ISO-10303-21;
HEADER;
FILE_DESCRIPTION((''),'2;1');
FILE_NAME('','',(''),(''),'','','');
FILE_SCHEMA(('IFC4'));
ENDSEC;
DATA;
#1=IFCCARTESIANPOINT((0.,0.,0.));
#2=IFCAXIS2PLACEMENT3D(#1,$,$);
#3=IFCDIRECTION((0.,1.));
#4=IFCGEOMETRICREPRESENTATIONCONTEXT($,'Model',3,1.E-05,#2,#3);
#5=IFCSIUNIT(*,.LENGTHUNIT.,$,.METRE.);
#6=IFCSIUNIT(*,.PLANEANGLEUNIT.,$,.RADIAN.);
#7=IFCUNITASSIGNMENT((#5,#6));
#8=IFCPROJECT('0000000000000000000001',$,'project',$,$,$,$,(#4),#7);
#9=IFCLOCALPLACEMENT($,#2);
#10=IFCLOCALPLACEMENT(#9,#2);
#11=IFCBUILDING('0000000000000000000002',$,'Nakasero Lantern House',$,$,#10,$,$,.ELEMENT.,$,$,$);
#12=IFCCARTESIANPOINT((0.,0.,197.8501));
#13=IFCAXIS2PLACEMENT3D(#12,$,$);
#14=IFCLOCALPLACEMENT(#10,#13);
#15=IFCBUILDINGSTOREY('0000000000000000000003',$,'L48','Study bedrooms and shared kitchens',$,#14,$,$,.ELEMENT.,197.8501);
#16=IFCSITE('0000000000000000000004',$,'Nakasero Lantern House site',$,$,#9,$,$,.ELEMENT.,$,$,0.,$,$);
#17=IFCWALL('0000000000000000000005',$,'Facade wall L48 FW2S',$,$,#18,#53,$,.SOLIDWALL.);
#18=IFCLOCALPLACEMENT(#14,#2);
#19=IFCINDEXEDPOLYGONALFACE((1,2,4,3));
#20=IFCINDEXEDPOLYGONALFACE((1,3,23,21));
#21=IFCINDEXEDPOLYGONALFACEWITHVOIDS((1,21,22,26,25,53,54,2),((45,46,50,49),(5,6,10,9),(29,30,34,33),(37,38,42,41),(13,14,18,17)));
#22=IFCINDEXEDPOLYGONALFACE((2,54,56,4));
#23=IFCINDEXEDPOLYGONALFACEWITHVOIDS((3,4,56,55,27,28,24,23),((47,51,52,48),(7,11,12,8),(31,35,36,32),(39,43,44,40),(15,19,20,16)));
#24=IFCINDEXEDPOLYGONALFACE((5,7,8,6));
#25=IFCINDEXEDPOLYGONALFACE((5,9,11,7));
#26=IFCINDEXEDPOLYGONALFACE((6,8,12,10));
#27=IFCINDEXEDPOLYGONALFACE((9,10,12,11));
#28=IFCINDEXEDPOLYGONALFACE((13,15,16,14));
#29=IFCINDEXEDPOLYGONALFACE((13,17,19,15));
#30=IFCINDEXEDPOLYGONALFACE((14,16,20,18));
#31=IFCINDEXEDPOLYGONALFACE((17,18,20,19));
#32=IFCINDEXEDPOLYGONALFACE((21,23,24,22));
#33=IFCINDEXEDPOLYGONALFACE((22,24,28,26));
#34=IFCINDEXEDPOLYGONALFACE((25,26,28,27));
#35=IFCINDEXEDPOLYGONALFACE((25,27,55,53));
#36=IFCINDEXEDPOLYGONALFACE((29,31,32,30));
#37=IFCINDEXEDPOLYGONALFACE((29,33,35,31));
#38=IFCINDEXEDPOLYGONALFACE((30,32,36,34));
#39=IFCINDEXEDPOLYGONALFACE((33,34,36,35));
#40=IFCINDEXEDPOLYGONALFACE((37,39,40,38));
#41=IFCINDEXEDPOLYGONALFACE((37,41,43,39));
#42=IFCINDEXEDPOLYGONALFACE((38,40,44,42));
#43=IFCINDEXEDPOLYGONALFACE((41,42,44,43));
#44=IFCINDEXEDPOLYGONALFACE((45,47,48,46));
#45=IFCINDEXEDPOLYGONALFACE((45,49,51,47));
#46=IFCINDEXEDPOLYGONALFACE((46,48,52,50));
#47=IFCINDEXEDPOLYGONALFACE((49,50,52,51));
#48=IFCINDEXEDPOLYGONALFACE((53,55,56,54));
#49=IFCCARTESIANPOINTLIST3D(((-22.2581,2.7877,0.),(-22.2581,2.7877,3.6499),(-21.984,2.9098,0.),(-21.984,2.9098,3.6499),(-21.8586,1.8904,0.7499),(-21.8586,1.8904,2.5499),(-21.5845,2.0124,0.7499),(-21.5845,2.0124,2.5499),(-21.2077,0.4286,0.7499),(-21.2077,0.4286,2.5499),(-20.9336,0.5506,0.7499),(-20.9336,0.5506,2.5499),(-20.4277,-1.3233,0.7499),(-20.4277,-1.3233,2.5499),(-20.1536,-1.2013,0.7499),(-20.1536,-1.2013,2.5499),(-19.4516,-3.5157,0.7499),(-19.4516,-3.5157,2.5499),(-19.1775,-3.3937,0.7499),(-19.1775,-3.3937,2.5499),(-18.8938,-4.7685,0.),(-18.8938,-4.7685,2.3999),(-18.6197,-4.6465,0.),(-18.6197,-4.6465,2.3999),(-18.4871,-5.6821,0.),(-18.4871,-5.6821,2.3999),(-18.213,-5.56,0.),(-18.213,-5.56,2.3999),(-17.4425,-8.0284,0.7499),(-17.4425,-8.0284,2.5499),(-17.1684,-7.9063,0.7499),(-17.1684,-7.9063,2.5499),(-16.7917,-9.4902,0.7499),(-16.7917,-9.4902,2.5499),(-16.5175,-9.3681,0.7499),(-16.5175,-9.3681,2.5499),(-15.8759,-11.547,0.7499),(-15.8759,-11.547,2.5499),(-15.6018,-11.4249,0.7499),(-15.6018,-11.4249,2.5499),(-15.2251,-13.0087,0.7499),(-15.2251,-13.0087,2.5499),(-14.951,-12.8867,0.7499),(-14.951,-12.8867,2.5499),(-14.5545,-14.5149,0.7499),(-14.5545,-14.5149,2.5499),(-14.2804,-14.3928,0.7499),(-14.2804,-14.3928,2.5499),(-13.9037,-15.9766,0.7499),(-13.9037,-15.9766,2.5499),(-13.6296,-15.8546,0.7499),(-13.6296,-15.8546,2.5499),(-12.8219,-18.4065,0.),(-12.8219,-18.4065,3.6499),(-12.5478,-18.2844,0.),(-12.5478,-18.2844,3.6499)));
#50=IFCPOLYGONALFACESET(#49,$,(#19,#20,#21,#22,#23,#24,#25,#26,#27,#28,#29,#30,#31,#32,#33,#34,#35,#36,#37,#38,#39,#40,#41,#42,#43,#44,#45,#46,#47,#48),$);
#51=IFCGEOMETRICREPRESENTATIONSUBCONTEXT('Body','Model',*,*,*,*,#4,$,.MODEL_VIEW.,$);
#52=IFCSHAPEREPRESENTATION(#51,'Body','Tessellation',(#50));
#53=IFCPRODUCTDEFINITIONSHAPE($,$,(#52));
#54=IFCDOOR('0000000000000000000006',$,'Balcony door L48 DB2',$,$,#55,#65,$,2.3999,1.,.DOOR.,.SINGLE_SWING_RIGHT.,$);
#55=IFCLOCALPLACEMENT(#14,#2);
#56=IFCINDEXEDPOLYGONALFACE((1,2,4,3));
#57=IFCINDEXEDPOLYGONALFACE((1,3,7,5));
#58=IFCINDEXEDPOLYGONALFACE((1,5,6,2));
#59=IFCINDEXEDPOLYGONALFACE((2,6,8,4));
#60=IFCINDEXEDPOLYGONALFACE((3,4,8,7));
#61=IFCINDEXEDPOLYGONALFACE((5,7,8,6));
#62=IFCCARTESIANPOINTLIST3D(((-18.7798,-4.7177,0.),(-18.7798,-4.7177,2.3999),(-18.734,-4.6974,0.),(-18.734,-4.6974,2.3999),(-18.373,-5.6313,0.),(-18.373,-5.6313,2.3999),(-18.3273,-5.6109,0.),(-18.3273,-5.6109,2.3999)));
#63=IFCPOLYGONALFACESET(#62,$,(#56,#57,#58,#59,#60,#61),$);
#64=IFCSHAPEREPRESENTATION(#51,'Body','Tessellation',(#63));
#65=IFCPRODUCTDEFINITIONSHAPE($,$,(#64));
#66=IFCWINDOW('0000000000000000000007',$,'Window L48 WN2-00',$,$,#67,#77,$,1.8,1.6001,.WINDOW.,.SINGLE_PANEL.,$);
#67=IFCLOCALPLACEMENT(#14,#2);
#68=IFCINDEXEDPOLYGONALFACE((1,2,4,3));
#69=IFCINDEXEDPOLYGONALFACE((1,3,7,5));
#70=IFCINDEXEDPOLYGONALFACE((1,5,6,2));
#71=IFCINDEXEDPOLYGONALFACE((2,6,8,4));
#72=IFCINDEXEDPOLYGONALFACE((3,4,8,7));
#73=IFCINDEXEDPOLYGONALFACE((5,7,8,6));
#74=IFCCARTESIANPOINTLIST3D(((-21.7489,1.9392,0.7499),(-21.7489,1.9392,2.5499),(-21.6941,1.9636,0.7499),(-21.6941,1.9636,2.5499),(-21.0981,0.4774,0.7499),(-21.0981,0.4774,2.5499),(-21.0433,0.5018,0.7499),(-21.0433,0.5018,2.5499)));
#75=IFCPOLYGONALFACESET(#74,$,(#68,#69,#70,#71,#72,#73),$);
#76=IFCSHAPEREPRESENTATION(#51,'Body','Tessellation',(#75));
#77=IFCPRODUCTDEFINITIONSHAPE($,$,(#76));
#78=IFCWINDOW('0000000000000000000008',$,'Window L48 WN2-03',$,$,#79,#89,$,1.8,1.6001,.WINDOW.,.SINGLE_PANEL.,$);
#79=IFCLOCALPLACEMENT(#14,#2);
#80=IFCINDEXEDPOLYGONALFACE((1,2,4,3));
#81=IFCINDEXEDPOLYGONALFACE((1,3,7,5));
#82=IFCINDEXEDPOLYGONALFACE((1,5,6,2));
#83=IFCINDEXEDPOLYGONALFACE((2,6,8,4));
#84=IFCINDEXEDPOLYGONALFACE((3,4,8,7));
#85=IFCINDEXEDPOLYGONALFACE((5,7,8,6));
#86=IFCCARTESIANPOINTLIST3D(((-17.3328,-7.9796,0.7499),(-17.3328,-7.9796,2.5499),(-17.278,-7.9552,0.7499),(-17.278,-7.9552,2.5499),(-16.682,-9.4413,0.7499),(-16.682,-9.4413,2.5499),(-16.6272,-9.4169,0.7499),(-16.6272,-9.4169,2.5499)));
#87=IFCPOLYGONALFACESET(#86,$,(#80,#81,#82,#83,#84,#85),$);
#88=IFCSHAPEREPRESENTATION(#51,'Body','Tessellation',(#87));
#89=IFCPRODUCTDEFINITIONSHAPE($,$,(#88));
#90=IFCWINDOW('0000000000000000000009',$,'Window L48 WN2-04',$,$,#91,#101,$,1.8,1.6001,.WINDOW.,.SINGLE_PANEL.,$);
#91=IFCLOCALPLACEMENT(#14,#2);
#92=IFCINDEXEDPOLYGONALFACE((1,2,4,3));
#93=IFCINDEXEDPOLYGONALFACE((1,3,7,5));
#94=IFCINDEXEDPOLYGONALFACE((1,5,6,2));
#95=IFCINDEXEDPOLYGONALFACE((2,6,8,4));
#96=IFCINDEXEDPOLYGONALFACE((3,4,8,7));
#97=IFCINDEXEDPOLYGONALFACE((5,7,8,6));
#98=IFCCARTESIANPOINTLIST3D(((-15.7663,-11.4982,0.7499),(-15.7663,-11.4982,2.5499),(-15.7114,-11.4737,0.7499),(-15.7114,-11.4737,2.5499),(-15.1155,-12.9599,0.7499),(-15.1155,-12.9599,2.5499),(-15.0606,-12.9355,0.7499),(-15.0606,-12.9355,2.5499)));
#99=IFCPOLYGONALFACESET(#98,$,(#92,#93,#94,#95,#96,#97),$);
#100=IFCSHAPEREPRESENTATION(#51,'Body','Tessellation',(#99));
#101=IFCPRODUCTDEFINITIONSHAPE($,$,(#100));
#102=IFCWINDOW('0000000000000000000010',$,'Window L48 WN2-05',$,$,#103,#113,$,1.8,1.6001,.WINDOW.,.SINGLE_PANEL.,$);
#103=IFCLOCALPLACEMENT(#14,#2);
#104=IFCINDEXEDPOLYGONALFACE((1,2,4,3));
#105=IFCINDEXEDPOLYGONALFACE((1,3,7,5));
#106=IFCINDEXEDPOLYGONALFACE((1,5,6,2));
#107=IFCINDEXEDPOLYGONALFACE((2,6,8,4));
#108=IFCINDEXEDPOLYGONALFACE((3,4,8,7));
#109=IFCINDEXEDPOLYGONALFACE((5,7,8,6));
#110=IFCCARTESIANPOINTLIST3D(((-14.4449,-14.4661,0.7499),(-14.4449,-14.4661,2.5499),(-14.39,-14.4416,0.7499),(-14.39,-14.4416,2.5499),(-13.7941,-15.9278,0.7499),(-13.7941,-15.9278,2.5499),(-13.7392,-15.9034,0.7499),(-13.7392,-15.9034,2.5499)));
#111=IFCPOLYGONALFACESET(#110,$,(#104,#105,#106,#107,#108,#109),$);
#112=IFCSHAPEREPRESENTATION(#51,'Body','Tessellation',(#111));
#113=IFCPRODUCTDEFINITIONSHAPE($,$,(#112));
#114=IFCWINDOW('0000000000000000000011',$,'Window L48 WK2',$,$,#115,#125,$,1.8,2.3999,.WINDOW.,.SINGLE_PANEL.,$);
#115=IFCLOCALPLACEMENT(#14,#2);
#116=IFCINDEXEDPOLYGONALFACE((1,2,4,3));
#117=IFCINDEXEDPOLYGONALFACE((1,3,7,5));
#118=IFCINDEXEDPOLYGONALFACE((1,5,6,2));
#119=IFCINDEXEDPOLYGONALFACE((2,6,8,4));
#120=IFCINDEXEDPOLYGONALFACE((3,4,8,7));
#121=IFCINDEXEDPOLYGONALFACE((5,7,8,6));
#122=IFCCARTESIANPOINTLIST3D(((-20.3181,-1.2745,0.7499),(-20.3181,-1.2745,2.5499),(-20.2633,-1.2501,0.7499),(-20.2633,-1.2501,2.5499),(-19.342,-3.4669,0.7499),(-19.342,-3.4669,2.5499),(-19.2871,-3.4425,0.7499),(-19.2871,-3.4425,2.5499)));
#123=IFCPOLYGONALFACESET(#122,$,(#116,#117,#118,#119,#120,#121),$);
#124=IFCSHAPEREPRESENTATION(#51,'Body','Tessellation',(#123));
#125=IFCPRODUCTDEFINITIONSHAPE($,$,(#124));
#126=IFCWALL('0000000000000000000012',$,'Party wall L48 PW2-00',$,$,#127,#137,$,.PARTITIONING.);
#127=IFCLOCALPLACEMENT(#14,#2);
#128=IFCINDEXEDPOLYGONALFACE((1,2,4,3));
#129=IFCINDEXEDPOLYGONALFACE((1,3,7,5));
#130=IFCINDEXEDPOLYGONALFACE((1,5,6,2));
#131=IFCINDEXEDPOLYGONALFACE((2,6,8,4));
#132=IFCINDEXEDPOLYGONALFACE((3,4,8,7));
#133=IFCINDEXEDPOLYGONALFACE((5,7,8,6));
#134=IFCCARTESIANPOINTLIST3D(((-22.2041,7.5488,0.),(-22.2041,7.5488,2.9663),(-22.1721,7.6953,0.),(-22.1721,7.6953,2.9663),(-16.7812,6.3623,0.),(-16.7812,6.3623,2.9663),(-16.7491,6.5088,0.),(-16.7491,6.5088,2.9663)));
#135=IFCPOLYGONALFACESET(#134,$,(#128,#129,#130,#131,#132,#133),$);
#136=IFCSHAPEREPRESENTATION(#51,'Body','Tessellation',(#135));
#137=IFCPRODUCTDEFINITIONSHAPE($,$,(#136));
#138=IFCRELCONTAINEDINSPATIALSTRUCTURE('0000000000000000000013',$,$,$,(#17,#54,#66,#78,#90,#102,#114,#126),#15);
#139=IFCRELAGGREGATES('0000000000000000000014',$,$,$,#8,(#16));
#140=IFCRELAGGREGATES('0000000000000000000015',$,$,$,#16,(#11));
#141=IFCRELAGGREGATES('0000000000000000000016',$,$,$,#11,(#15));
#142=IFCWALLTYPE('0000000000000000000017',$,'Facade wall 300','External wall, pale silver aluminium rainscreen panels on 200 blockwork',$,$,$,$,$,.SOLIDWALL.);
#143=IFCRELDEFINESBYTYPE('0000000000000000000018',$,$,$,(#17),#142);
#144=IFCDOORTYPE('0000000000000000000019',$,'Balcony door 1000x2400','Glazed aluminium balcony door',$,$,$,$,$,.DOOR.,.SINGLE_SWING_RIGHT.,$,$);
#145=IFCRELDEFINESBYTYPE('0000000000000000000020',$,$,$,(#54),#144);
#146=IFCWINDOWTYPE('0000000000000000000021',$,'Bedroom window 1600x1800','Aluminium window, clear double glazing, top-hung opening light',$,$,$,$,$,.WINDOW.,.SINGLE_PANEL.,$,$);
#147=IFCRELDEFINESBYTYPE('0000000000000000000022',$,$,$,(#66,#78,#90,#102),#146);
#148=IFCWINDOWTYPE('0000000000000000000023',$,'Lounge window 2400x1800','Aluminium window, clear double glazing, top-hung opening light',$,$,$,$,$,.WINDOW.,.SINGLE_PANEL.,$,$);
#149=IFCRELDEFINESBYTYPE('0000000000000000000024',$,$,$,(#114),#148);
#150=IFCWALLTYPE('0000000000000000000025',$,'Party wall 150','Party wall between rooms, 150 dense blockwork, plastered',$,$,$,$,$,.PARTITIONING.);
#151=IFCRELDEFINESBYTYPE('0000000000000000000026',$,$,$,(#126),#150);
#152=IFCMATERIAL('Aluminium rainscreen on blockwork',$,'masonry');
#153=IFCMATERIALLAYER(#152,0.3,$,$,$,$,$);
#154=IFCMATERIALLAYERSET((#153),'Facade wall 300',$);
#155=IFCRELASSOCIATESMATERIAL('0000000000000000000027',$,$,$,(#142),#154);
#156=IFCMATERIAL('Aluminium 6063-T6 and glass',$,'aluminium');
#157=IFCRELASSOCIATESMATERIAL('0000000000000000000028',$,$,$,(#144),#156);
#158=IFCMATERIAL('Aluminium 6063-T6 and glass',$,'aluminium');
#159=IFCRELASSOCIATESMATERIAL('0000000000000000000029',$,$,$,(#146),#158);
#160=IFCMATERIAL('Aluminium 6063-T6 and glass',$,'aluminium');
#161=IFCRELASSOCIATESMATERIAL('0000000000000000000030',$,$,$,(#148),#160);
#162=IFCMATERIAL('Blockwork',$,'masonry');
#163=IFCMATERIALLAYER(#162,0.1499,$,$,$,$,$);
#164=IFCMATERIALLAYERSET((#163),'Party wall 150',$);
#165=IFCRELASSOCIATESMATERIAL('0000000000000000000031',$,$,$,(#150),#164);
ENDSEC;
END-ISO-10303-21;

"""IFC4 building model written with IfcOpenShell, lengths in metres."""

from ifc_helpers import new_model, si_unit, direction, frame, frame_2d, origin, place, context, subcontext, project, spatial, rectangle, extrude, material, layer, layer_set, type_object, element, fill, save


model = new_model("IFC4")

# Units and contexts
model_context = context("Model", 3, precision=1e-05, world=origin(), true_north=direction((0.0, 1.0)))
body_context = subcontext(model_context, "Body", "Model", "MODEL_VIEW")
ifc_project = project(units=[si_unit("LENGTHUNIT", "METRE"), si_unit("PLANEANGLEUNIT", "RADIAN")], contexts=[model_context])

# Site, building, storey
site_placement = place(None, origin())
site = spatial("IfcSite", under=ifc_project, at=site_placement, Name="Nakasero Lantern House site", CompositionType="ELEMENT", RefElevation=0.0)
building_placement = place(site_placement, origin())
building = spatial("IfcBuilding", under=site, at=building_placement, Name="Nakasero Lantern House", CompositionType="ELEMENT")
storey_placement = place(building_placement, frame((0.0, 0.0, 197.8501)))
storey = spatial("IfcBuildingStorey", under=building, at=storey_placement, Name="L48", Description="Study bedrooms and shared kitchens", CompositionType="ELEMENT", Elevation=197.8501)

# Shared definitions
ifc_material_1 = material(Name="Aluminium rainscreen on blockwork", Category="masonry")
ifc_layer_1 = layer(ifc_material_1, 0.3)
ifc_layer_set_1 = layer_set([ifc_layer_1], Name="Facade wall 300")
wall_type_1 = type_object("IfcWallType", Name="Facade wall 300", Description="External wall, pale silver aluminium rainscreen panels on 200 blockwork", PredefinedType="SOLIDWALL", material=ifc_layer_set_1)

# Wall, openings, door, windows
wall_1_placement = place(storey_placement, frame((-22.1211, 2.8489, 0.0), z_axis=(0.0, 0.0, 1.0), x_axis=(0.406735, -0.913546, 0.0)))
wall_1 = element("IfcWall", 1, at=wall_1_placement, inside=storey, type_object=wall_type_1, Name="Facade wall L48 FW2S", PredefinedType="SOLIDWALL", context=body_context, shape_type="SweptSolid", body=[
    extrude(rectangle(XDim=23.2, YDim=0.3, at=frame_2d((11.6001, 0.0))), origin(), (0.0, 0.0, 1.0), 3.6499),
])
opening_1_placement = place(wall_1_placement, frame((0.9824, 0.0, 0.75)))
opening_1 = element("IfcOpeningElement", 2, at=opening_1_placement, cuts=wall_1, PredefinedType="OPENING", context=body_context, shape_type="SweptSolid", body=[
    extrude(rectangle(XDim=1.6001, YDim=1.8, at=frame_2d((0.8, 0.8999))), frame((0.0, 0.1699, 0.0), z_axis=(0.0, -1.0, 0.0), x_axis=(1.0, 0.0, 0.0)), (0.0, 0.0, 1.0), 0.3401),
])
opening_2_placement = place(wall_1_placement, frame((11.8398, 0.0, 0.75)))
opening_2 = element("IfcOpeningElement", 3, at=opening_2_placement, cuts=wall_1, PredefinedType="OPENING", context=body_context, shape_type="SweptSolid", body=[
    extrude(rectangle(XDim=1.6001, YDim=1.8, at=frame_2d((0.8, 0.8999))), frame((0.0, 0.1699, 0.0), z_axis=(0.0, -1.0, 0.0), x_axis=(1.0, 0.0, 0.0)), (0.0, 0.0, 1.0), 0.3401),
])
opening_3_placement = place(wall_1_placement, frame((15.6914, 0.0, 0.75)))
opening_3 = element("IfcOpeningElement", 4, at=opening_3_placement, cuts=wall_1, PredefinedType="OPENING", context=body_context, shape_type="SweptSolid", body=[
    extrude(rectangle(XDim=1.6001, YDim=1.8, at=frame_2d((0.8, 0.8999))), frame((0.0, 0.1699, 0.0), z_axis=(0.0, -1.0, 0.0), x_axis=(1.0, 0.0, 0.0)), (0.0, 0.0, 1.0), 0.3401),
])
opening_4_placement = place(wall_1_placement, frame((18.9402, 0.0, 0.75)))
opening_4 = element("IfcOpeningElement", 5, at=opening_4_placement, cuts=wall_1, PredefinedType="OPENING", context=body_context, shape_type="SweptSolid", body=[
    extrude(rectangle(XDim=1.6001, YDim=1.8, at=frame_2d((0.8, 0.8999))), frame((0.0, 0.1699, 0.0), z_axis=(0.0, -1.0, 0.0), x_axis=(1.0, 0.0, 0.0)), (0.0, 0.0, 1.0), 0.3401),
])
opening_5_placement = place(wall_1_placement, frame((4.5002, 0.0, 0.75)))
opening_5 = element("IfcOpeningElement", 6, at=opening_5_placement, cuts=wall_1, PredefinedType="OPENING", context=body_context, shape_type="SweptSolid", body=[
    extrude(rectangle(XDim=2.3999, YDim=1.8, at=frame_2d((1.2, 0.8999))), frame((0.0, 0.1699, 0.0), z_axis=(0.0, -1.0, 0.0), x_axis=(1.0, 0.0, 0.0)), (0.0, 0.0, 1.0), 0.3401),
])
opening_6_placement = place(wall_1_placement, frame((8.2715, 0.0, 0.0)))
opening_6 = element("IfcOpeningElement", 7, at=opening_6_placement, cuts=wall_1, PredefinedType="OPENING", context=body_context, shape_type="SweptSolid", body=[
    extrude(rectangle(XDim=1.0, YDim=2.3999, at=frame_2d((0.5, 1.2))), frame((0.0, 0.1699, 0.0), z_axis=(0.0, -1.0, 0.0), x_axis=(1.0, 0.0, 0.0)), (0.0, 0.0, 1.0), 0.3401),
])
ifc_material_2 = material(Name="Aluminium 6063-T6 and glass", Category="aluminium")
door_type = type_object("IfcDoorType", Name="Balcony door 1000x2400", Description="Glazed aluminium balcony door", OperationType="SINGLE_SWING_RIGHT", PredefinedType="DOOR", material=ifc_material_2)
door_placement = place(opening_6_placement, origin())
door = element("IfcDoor", 8, at=door_placement, inside=storey, type_object=door_type, Name="Balcony door L48 DB2", OperationType="SINGLE_SWING_RIGHT", OverallHeight=2.3999, OverallWidth=1.0, PredefinedType="DOOR", context=body_context, shape_type="SweptSolid", body=[
    extrude(rectangle(XDim=1.0, YDim=2.3999, at=frame_2d((0.5, 1.2))), frame((0.0, 0.0249, 0.0), z_axis=(0.0, -1.0, 0.0), x_axis=(1.0, 0.0, 0.0)), (0.0, 0.0, 1.0), 0.05),
])
fill(opening_6, door)
ifc_material_3 = material(Name="Aluminium 6063-T6 and glass", Category="aluminium")
window_type_1 = type_object("IfcWindowType", Name="Bedroom window 1600x1800", Description="Aluminium window, clear double glazing, top-hung opening light", PartitioningType="SINGLE_PANEL", PredefinedType="WINDOW", material=ifc_material_3)
window_1_placement = place(opening_1_placement, origin())
window_1 = element("IfcWindow", 9, at=window_1_placement, inside=storey, type_object=window_type_1, Name="Window L48 WN2-00", OverallHeight=1.8, OverallWidth=1.6001, PartitioningType="SINGLE_PANEL", PredefinedType="WINDOW", context=body_context, shape_type="SweptSolid", body=[
    extrude(rectangle(XDim=1.6001, YDim=1.8, at=frame_2d((0.8, 0.8999))), frame((0.0, 0.03, 0.0), z_axis=(0.0, -1.0, 0.0), x_axis=(1.0, 0.0, 0.0)), (0.0, 0.0, 1.0), 0.0601),
])
fill(opening_1, window_1)
window_2_placement = place(opening_2_placement, origin())
window_2 = element("IfcWindow", 10, at=window_2_placement, inside=storey, type_object=window_type_1, Name="Window L48 WN2-03", OverallHeight=1.8, OverallWidth=1.6001, PartitioningType="SINGLE_PANEL", PredefinedType="WINDOW", context=body_context, shape_type="SweptSolid", body=[
    extrude(rectangle(XDim=1.6001, YDim=1.8, at=frame_2d((0.8, 0.8999))), frame((0.0, 0.03, 0.0), z_axis=(0.0, -1.0, 0.0), x_axis=(1.0, 0.0, 0.0)), (0.0, 0.0, 1.0), 0.0601),
])
fill(opening_2, window_2)
window_3_placement = place(opening_3_placement, origin())
window_3 = element("IfcWindow", 11, at=window_3_placement, inside=storey, type_object=window_type_1, Name="Window L48 WN2-04", OverallHeight=1.8, OverallWidth=1.6001, PartitioningType="SINGLE_PANEL", PredefinedType="WINDOW", context=body_context, shape_type="SweptSolid", body=[
    extrude(rectangle(XDim=1.6001, YDim=1.8, at=frame_2d((0.8, 0.8999))), frame((0.0, 0.03, 0.0), z_axis=(0.0, -1.0, 0.0), x_axis=(1.0, 0.0, 0.0)), (0.0, 0.0, 1.0), 0.0601),
])
fill(opening_3, window_3)
window_4_placement = place(opening_4_placement, origin())
window_4 = element("IfcWindow", 12, at=window_4_placement, inside=storey, type_object=window_type_1, Name="Window L48 WN2-05", OverallHeight=1.8, OverallWidth=1.6001, PartitioningType="SINGLE_PANEL", PredefinedType="WINDOW", context=body_context, shape_type="SweptSolid", body=[
    extrude(rectangle(XDim=1.6001, YDim=1.8, at=frame_2d((0.8, 0.8999))), frame((0.0, 0.03, 0.0), z_axis=(0.0, -1.0, 0.0), x_axis=(1.0, 0.0, 0.0)), (0.0, 0.0, 1.0), 0.0601),
])
fill(opening_4, window_4)
ifc_material_4 = material(Name="Aluminium 6063-T6 and glass", Category="aluminium")
window_type_2 = type_object("IfcWindowType", Name="Lounge window 2400x1800", Description="Aluminium window, clear double glazing, top-hung opening light", PartitioningType="SINGLE_PANEL", PredefinedType="WINDOW", material=ifc_material_4)
window_5_placement = place(opening_5_placement, origin())
window_5 = element("IfcWindow", 13, at=window_5_placement, inside=storey, type_object=window_type_2, Name="Window L48 WK2", OverallHeight=1.8, OverallWidth=2.3999, PartitioningType="SINGLE_PANEL", PredefinedType="WINDOW", context=body_context, shape_type="SweptSolid", body=[
    extrude(rectangle(XDim=2.3999, YDim=1.8, at=frame_2d((1.2, 0.8999))), frame((0.0, 0.03, 0.0), z_axis=(0.0, -1.0, 0.0), x_axis=(1.0, 0.0, 0.0)), (0.0, 0.0, 1.0), 0.0601),
])
fill(opening_5, window_5)

# Wall
ifc_material_5 = material(Name="Blockwork", Category="masonry")
ifc_layer_2 = layer(ifc_material_5, 0.1499)
ifc_layer_set_2 = layer_set([ifc_layer_2], Name="Party wall 150")
wall_type_2 = type_object("IfcWallType", Name="Party wall 150", Description="Party wall between rooms, 150 dense blockwork, plastered", PredefinedType="PARTITIONING", material=ifc_layer_set_2)
wall_2_placement = place(storey_placement, frame((-16.7651, 6.4355, 0.0), z_axis=(0.0, 0.0, 1.0), x_axis=(-0.976892, 0.213735, 0.0)))
element("IfcWall", 14, at=wall_2_placement, inside=storey, type_object=wall_type_2, Name="Party wall L48 PW2-00", PredefinedType="PARTITIONING", context=body_context, shape_type="SweptSolid", body=[
    extrude(rectangle(XDim=5.5513, YDim=0.1499, at=frame_2d((2.7756, 0.0))), origin(), (0.0, 0.0, 1.0), 2.9663),
])

save(model, "model.ifc")
